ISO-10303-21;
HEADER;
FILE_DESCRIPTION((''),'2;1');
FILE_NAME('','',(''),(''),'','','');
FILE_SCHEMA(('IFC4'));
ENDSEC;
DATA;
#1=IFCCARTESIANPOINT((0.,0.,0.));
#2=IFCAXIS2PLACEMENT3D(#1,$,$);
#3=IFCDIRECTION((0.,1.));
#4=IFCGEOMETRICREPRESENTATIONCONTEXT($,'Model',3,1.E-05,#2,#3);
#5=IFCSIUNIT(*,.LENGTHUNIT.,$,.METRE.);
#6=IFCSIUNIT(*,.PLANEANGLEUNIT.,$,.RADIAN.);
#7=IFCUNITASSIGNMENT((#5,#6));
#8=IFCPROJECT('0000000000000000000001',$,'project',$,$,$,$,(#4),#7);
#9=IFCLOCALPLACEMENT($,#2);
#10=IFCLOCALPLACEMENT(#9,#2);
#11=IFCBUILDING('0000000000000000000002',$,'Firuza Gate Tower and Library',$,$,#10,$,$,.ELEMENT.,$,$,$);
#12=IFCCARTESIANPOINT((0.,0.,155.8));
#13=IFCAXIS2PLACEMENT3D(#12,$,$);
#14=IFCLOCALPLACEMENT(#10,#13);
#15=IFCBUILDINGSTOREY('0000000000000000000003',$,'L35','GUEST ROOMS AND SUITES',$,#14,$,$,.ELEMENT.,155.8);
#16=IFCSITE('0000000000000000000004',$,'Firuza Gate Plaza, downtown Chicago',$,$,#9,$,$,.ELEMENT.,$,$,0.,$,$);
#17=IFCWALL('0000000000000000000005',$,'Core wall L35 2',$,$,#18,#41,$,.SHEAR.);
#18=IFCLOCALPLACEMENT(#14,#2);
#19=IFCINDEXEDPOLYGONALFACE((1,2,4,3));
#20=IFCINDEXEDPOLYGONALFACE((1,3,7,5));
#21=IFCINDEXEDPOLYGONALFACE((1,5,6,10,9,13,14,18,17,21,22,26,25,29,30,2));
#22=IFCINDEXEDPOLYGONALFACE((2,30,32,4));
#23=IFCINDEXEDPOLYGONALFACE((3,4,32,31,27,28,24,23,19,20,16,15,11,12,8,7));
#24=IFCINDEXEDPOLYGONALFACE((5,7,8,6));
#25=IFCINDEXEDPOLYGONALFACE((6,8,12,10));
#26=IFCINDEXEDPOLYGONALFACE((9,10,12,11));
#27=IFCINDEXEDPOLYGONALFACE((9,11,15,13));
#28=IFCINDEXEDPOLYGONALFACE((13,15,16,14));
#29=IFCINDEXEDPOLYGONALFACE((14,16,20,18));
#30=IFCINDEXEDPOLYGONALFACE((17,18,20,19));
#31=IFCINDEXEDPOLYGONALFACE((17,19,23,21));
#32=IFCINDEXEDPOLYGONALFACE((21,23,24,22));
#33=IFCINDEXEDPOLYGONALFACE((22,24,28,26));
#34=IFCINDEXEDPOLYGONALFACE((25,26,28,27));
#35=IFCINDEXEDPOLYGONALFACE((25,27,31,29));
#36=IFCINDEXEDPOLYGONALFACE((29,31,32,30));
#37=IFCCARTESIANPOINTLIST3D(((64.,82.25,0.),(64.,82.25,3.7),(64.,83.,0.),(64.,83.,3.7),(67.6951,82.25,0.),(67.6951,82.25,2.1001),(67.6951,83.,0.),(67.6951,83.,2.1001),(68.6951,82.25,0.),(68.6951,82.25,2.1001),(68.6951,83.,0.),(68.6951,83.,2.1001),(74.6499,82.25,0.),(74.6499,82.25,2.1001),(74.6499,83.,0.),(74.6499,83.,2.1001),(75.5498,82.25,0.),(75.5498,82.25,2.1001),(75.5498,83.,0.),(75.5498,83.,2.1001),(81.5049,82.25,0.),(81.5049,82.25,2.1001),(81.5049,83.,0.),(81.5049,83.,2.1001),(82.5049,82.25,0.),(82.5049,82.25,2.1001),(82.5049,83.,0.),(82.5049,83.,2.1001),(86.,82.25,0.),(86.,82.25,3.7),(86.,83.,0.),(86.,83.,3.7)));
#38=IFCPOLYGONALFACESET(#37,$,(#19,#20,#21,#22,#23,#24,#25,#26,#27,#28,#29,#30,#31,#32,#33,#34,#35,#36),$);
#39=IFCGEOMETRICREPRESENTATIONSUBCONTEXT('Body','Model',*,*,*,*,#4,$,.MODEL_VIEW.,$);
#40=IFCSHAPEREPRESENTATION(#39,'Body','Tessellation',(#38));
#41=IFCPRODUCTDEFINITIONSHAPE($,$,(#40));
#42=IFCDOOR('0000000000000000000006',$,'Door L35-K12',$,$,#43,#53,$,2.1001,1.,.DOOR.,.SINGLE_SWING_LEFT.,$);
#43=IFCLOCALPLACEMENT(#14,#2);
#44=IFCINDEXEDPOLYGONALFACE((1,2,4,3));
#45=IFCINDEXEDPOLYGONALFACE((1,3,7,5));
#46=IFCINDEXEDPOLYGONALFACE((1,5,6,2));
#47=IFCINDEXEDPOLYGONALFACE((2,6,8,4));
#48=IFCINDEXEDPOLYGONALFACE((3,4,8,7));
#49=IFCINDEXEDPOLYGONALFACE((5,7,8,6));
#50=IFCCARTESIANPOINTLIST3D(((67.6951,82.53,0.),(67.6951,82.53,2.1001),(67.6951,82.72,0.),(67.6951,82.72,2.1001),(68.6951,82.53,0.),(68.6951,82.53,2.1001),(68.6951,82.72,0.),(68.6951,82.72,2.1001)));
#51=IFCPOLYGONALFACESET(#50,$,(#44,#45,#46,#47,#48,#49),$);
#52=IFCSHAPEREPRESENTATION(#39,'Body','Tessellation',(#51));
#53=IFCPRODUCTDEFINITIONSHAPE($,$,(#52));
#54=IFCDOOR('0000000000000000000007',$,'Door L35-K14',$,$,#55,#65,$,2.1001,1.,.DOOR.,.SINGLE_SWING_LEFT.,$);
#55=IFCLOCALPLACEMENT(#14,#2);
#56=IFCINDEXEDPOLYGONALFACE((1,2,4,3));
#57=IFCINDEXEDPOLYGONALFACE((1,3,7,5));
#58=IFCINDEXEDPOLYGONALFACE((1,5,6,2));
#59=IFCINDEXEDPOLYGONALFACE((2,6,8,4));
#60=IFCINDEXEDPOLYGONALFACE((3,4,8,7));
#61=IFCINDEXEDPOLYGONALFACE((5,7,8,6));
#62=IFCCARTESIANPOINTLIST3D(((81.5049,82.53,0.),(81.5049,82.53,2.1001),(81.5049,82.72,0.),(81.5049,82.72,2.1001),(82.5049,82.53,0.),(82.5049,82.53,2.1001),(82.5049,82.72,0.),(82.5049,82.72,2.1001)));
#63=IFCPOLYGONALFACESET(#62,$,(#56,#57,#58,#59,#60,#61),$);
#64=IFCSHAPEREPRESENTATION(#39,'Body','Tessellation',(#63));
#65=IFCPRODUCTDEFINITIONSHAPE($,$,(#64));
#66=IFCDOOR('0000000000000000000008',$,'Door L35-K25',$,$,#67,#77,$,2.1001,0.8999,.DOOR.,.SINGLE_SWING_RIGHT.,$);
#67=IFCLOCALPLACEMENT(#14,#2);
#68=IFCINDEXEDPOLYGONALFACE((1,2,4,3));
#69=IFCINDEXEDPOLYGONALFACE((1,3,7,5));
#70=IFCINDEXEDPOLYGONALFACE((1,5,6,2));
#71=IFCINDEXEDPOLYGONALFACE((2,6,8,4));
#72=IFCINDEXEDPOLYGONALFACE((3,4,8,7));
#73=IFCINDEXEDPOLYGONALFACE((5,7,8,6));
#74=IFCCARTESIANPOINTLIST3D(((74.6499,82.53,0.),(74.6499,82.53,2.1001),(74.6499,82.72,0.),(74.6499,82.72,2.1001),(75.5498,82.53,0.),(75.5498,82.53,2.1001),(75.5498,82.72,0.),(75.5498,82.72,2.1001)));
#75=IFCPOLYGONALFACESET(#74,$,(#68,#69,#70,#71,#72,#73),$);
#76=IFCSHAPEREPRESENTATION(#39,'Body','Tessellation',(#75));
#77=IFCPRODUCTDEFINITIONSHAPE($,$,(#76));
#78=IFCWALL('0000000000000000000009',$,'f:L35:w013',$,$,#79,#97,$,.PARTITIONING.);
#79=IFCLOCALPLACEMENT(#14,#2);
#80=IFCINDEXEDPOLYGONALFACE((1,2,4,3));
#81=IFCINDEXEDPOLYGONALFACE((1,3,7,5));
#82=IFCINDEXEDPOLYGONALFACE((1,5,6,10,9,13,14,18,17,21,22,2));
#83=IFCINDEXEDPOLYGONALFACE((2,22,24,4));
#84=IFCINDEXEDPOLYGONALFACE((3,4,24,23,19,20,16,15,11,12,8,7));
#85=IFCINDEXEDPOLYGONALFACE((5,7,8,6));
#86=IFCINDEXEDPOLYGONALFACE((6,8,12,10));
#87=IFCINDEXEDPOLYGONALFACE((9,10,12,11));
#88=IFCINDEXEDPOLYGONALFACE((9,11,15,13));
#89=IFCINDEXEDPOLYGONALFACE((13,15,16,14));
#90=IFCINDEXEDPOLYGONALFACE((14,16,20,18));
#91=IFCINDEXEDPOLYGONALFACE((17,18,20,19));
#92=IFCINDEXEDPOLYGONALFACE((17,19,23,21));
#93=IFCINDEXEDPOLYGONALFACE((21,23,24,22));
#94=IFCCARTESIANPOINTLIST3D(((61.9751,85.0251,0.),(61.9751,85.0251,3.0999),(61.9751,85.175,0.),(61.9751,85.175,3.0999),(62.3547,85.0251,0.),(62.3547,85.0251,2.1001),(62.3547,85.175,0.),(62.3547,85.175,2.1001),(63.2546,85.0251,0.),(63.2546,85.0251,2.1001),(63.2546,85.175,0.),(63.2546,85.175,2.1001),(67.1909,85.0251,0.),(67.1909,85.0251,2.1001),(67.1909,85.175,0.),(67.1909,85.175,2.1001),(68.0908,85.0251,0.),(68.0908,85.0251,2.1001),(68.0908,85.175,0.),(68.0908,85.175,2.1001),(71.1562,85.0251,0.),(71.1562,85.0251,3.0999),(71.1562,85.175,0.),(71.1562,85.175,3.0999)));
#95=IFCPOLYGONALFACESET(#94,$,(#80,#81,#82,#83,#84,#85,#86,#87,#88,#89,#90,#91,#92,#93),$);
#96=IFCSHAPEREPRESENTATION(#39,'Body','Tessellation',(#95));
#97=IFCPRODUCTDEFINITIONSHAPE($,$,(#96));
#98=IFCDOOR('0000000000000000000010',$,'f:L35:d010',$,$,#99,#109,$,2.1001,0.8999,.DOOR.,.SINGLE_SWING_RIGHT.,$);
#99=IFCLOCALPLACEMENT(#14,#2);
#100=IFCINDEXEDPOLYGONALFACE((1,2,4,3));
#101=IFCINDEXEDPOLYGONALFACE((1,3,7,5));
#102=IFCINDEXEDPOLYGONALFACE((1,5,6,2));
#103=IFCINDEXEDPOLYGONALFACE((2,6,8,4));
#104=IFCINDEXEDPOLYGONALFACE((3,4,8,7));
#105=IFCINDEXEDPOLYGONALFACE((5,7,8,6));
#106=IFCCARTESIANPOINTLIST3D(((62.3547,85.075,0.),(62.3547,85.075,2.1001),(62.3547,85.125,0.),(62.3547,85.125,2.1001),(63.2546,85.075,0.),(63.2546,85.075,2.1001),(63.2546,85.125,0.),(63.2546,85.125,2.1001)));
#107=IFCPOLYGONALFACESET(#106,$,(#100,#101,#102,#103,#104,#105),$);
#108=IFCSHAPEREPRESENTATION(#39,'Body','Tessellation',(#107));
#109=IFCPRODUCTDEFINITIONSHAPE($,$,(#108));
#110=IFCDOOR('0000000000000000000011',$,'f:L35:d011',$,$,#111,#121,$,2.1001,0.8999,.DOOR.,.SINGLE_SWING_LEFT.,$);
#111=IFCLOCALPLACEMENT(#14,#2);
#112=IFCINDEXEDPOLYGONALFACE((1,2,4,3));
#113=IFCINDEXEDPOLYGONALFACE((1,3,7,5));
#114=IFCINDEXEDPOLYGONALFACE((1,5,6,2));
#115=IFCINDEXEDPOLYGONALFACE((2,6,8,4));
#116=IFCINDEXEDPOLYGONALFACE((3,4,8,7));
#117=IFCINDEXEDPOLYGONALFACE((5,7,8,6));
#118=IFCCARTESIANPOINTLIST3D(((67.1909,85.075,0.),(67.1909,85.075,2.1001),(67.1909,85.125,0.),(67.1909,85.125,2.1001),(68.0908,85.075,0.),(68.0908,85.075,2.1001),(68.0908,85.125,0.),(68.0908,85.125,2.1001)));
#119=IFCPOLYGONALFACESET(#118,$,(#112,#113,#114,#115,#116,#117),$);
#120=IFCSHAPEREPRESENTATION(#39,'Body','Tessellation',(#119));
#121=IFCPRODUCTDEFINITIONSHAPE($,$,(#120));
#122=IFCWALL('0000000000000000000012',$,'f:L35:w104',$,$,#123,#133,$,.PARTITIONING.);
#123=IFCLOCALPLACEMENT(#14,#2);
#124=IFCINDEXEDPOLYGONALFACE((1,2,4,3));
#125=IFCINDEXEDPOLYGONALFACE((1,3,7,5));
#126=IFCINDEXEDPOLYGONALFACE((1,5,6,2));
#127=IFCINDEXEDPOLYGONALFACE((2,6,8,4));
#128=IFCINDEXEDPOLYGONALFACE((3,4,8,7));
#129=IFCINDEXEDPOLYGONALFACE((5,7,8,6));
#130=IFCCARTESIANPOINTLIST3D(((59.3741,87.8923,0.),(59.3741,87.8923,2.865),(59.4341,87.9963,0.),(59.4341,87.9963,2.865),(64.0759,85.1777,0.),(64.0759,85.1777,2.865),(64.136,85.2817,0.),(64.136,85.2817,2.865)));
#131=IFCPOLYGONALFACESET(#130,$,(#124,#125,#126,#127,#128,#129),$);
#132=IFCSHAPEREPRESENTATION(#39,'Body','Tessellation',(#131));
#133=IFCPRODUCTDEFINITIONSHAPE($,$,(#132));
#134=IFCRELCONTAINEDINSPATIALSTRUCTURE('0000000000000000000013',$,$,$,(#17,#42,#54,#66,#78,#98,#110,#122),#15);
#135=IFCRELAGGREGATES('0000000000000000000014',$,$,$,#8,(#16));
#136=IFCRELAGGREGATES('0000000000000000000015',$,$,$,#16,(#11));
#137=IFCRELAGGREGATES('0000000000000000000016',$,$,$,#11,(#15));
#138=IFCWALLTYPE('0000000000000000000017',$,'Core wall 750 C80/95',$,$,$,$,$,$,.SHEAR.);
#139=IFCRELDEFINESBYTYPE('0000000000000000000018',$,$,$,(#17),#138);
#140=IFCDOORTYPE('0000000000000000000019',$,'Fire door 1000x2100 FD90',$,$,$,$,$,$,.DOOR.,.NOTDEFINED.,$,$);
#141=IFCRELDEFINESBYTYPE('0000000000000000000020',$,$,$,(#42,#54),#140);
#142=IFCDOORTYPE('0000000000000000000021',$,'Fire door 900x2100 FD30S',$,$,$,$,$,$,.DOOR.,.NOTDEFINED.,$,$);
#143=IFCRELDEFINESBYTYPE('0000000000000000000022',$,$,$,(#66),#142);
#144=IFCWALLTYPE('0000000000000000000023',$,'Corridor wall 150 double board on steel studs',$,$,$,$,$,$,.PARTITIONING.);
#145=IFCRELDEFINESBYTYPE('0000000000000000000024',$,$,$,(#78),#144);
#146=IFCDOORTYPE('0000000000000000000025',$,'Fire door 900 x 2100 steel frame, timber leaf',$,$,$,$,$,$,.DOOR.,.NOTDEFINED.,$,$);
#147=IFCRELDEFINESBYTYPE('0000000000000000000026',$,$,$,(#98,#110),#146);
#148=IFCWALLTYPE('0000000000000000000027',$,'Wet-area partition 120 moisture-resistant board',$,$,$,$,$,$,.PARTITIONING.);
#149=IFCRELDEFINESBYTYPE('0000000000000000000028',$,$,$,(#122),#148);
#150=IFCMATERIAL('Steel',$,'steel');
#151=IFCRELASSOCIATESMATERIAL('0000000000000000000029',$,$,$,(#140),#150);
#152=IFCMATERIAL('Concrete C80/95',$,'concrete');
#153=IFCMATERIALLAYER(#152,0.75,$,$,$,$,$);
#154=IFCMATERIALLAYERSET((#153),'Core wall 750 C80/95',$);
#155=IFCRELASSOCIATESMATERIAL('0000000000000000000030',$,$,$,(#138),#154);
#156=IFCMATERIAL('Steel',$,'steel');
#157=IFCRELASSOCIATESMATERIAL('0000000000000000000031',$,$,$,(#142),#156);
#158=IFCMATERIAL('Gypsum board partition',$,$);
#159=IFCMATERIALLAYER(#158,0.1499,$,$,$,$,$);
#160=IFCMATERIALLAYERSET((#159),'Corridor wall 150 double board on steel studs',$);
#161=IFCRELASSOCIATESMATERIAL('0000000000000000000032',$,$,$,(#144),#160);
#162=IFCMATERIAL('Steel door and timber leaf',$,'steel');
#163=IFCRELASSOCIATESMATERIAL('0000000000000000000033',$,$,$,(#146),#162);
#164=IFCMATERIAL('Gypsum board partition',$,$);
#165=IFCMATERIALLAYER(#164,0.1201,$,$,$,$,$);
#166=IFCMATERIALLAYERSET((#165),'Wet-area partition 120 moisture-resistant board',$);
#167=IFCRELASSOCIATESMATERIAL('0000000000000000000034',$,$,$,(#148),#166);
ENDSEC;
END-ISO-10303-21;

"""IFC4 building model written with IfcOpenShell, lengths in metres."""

from ifc_helpers import new_model, si_unit, direction, frame, frame_2d, origin, place, context, subcontext, project, spatial, rectangle, extrude, material, layer, layer_set, type_object, element, fill, save


model = new_model("IFC4")

# Units and contexts
model_context = context("Model", 3, precision=1e-05, world=origin(), true_north=direction((0.0, 1.0)))
body_context = subcontext(model_context, "Body", "Model", "MODEL_VIEW")
ifc_project = project(units=[si_unit("LENGTHUNIT", "METRE"), si_unit("PLANEANGLEUNIT", "RADIAN")], contexts=[model_context])

# Site, building, storey
site_placement = place(None, origin())
site = spatial("IfcSite", under=ifc_project, at=site_placement, Name="Firuza Gate Plaza, downtown Chicago", CompositionType="ELEMENT", RefElevation=0.0)
building_placement = place(site_placement, origin())
building = spatial("IfcBuilding", under=site, at=building_placement, Name="Firuza Gate Tower and Library", CompositionType="ELEMENT")
storey_placement = place(building_placement, frame((0.0, 0.0, 155.8)))
storey = spatial("IfcBuildingStorey", under=building, at=storey_placement, Name="L35", Description="GUEST ROOMS AND SUITES", CompositionType="ELEMENT", Elevation=155.8)

# Shared definitions
ifc_material_1 = material(Name="Steel", Category="steel")
door_type_1 = type_object("IfcDoorType", Name="Fire door 1000x2100 FD90", OperationType="NOTDEFINED", PredefinedType="DOOR", material=ifc_material_1)

# Walls, openings, doors
ifc_material_2 = material(Name="Concrete C80/95", Category="concrete")
ifc_layer_1 = layer(ifc_material_2, 0.75)
ifc_layer_set_1 = layer_set([ifc_layer_1], Name="Core wall 750 C80/95")
wall_type_1 = type_object("IfcWallType", Name="Core wall 750 C80/95", PredefinedType="SHEAR", material=ifc_layer_set_1)
wall_1_placement = place(storey_placement, frame((64.0, 82.625, 0.0), z_axis=(0.0, 0.0, 1.0), x_axis=(1.0, 0.0, 0.0)))
wall_1 = element("IfcWall", 1, at=wall_1_placement, inside=storey, type_object=wall_type_1, Name="Core wall L35 2", PredefinedType="SHEAR", context=body_context, shape_type="SweptSolid", body=[
    extrude(rectangle(XDim=22.0, YDim=0.75, at=frame_2d((11.0, 0.0))), origin(), (0.0, 0.0, 1.0), 3.7),
])
opening_1_placement = place(wall_1_placement, frame((3.6951, 0.0, 0.0)))
opening_1 = element("IfcOpeningElement", 2, at=opening_1_placement, cuts=wall_1, PredefinedType="OPENING", context=body_context, shape_type="SweptSolid", body=[
    extrude(rectangle(XDim=1.0, YDim=2.1001, at=frame_2d((0.5, 1.05))), frame((0.0, 0.385, 0.0), z_axis=(0.0, -1.0, 0.0), x_axis=(1.0, 0.0, 0.0)), (0.0, 0.0, 1.0), 0.77),
])
opening_2_placement = place(wall_1_placement, frame((17.5049, 0.0, 0.0)))
opening_2 = element("IfcOpeningElement", 3, at=opening_2_placement, cuts=wall_1, PredefinedType="OPENING", context=body_context, shape_type="SweptSolid", body=[
    extrude(rectangle(XDim=1.0, YDim=2.1001, at=frame_2d((0.5, 1.05))), frame((0.0, 0.385, 0.0), z_axis=(0.0, -1.0, 0.0), x_axis=(1.0, 0.0, 0.0)), (0.0, 0.0, 1.0), 0.77),
])
opening_3_placement = place(wall_1_placement, frame((10.6499, 0.0, 0.0)))
opening_3 = element("IfcOpeningElement", 4, at=opening_3_placement, cuts=wall_1, PredefinedType="OPENING", context=body_context, shape_type="SweptSolid", body=[
    extrude(rectangle(XDim=0.8999, YDim=2.1001, at=frame_2d((0.45, 1.05))), frame((0.0, 0.385, 0.0), z_axis=(0.0, -1.0, 0.0), x_axis=(1.0, 0.0, 0.0)), (0.0, 0.0, 1.0), 0.77),
])
door_1_placement = place(opening_1_placement, origin())
door_1 = element("IfcDoor", 5, at=door_1_placement, inside=storey, type_object=door_type_1, Name="Door L35-K12", OperationType="SINGLE_SWING_LEFT", OverallHeight=2.1001, OverallWidth=1.0, PredefinedType="DOOR", context=body_context, shape_type="SweptSolid", body=[
    extrude(rectangle(XDim=1.0, YDim=2.1001, at=frame_2d((0.5, 1.05))), frame((0.0, 0.095, 0.0), z_axis=(0.0, -1.0, 0.0), x_axis=(1.0, 0.0, 0.0)), (0.0, 0.0, 1.0), 0.1899),
])
fill(opening_1, door_1)
door_2_placement = place(opening_2_placement, origin())
door_2 = element("IfcDoor", 6, at=door_2_placement, inside=storey, type_object=door_type_1, Name="Door L35-K14", OperationType="SINGLE_SWING_LEFT", OverallHeight=2.1001, OverallWidth=1.0, PredefinedType="DOOR", context=body_context, shape_type="SweptSolid", body=[
    extrude(rectangle(XDim=1.0, YDim=2.1001, at=frame_2d((0.5, 1.05))), frame((0.0, 0.095, 0.0), z_axis=(0.0, -1.0, 0.0), x_axis=(1.0, 0.0, 0.0)), (0.0, 0.0, 1.0), 0.1899),
])
fill(opening_2, door_2)
ifc_material_3 = material(Name="Steel", Category="steel")
door_type_2 = type_object("IfcDoorType", Name="Fire door 900x2100 FD30S", OperationType="NOTDEFINED", PredefinedType="DOOR", material=ifc_material_3)
door_3_placement = place(opening_3_placement, origin())
door_3 = element("IfcDoor", 7, at=door_3_placement, inside=storey, type_object=door_type_2, Name="Door L35-K25", OperationType="SINGLE_SWING_RIGHT", OverallHeight=2.1001, OverallWidth=0.8999, PredefinedType="DOOR", context=body_context, shape_type="SweptSolid", body=[
    extrude(rectangle(XDim=0.8999, YDim=2.1001, at=frame_2d((0.45, 1.05))), frame((0.0, 0.095, 0.0), z_axis=(0.0, -1.0, 0.0), x_axis=(1.0, 0.0, 0.0)), (0.0, 0.0, 1.0), 0.1899),
])
fill(opening_3, door_3)
ifc_material_4 = material(Name="Gypsum board partition")
ifc_layer_2 = layer(ifc_material_4, 0.1499)
ifc_layer_set_2 = layer_set([ifc_layer_2], Name="Corridor wall 150 double board on steel studs")
wall_type_2 = type_object("IfcWallType", Name="Corridor wall 150 double board on steel studs", PredefinedType="PARTITIONING", material=ifc_layer_set_2)
wall_2_placement = place(storey_placement, frame((61.9751, 85.1001, 0.0), z_axis=(0.0, 0.0, 1.0), x_axis=(1.0, 0.0, 0.0)))
wall_2 = element("IfcWall", 8, at=wall_2_placement, inside=storey, type_object=wall_type_2, Name="f:L35:w013", PredefinedType="PARTITIONING", context=body_context, shape_type="SweptSolid", body=[
    extrude(rectangle(XDim=9.1812, YDim=0.1499, at=frame_2d((4.5906, 0.0))), origin(), (0.0, 0.0, 1.0), 3.0999),
])
opening_4_placement = place(wall_2_placement, frame((0.3796, 0.0, 0.0)))
opening_4 = element("IfcOpeningElement", 9, at=opening_4_placement, cuts=wall_2, PredefinedType="OPENING", context=body_context, shape_type="SweptSolid", body=[
    extrude(rectangle(XDim=0.8999, YDim=2.1001, at=frame_2d((0.45, 1.05))), frame((0.0, 0.085, 0.0), z_axis=(0.0, -1.0, 0.0), x_axis=(1.0, 0.0, 0.0)), (0.0, 0.0, 1.0), 0.1699),
])
opening_5_placement = place(wall_2_placement, frame((5.2158, 0.0, 0.0)))
opening_5 = element("IfcOpeningElement", 10, at=opening_5_placement, cuts=wall_2, PredefinedType="OPENING", context=body_context, shape_type="SweptSolid", body=[
    extrude(rectangle(XDim=0.8999, YDim=2.1001, at=frame_2d((0.45, 1.05))), frame((0.0, 0.085, 0.0), z_axis=(0.0, -1.0, 0.0), x_axis=(1.0, 0.0, 0.0)), (0.0, 0.0, 1.0), 0.1699),
])
ifc_material_5 = material(Name="Steel door and timber leaf", Category="steel")
door_type_3 = type_object("IfcDoorType", Name="Fire door 900 x 2100 steel frame, timber leaf", OperationType="NOTDEFINED", PredefinedType="DOOR", material=ifc_material_5)
door_4_placement = place(opening_4_placement, origin())
door_4 = element("IfcDoor", 11, at=door_4_placement, inside=storey, type_object=door_type_3, Name="f:L35:d010", OperationType="SINGLE_SWING_RIGHT", OverallHeight=2.1001, OverallWidth=0.8999, PredefinedType="DOOR", context=body_context, shape_type="SweptSolid", body=[
    extrude(rectangle(XDim=0.8999, YDim=2.1001, at=frame_2d((0.45, 1.05))), frame((0.0, 0.0249, 0.0), z_axis=(0.0, -1.0, 0.0), x_axis=(1.0, 0.0, 0.0)), (0.0, 0.0, 1.0), 0.05),
])
fill(opening_4, door_4)
door_5_placement = place(opening_5_placement, origin())
door_5 = element("IfcDoor", 12, at=door_5_placement, inside=storey, type_object=door_type_3, Name="f:L35:d011", OperationType="SINGLE_SWING_LEFT", OverallHeight=2.1001, OverallWidth=0.8999, PredefinedType="DOOR", context=body_context, shape_type="SweptSolid", body=[
    extrude(rectangle(XDim=0.8999, YDim=2.1001, at=frame_2d((0.45, 1.05))), frame((0.0, 0.0249, 0.0), z_axis=(0.0, -1.0, 0.0), x_axis=(1.0, 0.0, 0.0)), (0.0, 0.0, 1.0), 0.05),
])
fill(opening_5, door_5)

# Wall
ifc_material_6 = material(Name="Gypsum board partition")
ifc_layer_3 = layer(ifc_material_6, 0.1201)
ifc_layer_set_3 = layer_set([ifc_layer_3], Name="Wet-area partition 120 moisture-resistant board")
wall_type_3 = type_object("IfcWallType", Name="Wet-area partition 120 moisture-resistant board", PredefinedType="PARTITIONING", material=ifc_layer_set_3)
wall_3_placement = place(storey_placement, frame((64.106, 85.2297, 0.0), z_axis=(0.0, 0.0, 1.0), x_axis=(-0.866029, 0.499994, 0.0)))
element("IfcWall", 13, at=wall_3_placement, inside=storey, type_object=wall_type_3, Name="f:L35:w104", PredefinedType="PARTITIONING", context=body_context, shape_type="SweptSolid", body=[
    extrude(rectangle(XDim=5.4292, YDim=0.1201, at=frame_2d((2.7146, 0.0))), origin(), (0.0, 0.0, 1.0), 2.865),
])

save(model, "model.ifc")
